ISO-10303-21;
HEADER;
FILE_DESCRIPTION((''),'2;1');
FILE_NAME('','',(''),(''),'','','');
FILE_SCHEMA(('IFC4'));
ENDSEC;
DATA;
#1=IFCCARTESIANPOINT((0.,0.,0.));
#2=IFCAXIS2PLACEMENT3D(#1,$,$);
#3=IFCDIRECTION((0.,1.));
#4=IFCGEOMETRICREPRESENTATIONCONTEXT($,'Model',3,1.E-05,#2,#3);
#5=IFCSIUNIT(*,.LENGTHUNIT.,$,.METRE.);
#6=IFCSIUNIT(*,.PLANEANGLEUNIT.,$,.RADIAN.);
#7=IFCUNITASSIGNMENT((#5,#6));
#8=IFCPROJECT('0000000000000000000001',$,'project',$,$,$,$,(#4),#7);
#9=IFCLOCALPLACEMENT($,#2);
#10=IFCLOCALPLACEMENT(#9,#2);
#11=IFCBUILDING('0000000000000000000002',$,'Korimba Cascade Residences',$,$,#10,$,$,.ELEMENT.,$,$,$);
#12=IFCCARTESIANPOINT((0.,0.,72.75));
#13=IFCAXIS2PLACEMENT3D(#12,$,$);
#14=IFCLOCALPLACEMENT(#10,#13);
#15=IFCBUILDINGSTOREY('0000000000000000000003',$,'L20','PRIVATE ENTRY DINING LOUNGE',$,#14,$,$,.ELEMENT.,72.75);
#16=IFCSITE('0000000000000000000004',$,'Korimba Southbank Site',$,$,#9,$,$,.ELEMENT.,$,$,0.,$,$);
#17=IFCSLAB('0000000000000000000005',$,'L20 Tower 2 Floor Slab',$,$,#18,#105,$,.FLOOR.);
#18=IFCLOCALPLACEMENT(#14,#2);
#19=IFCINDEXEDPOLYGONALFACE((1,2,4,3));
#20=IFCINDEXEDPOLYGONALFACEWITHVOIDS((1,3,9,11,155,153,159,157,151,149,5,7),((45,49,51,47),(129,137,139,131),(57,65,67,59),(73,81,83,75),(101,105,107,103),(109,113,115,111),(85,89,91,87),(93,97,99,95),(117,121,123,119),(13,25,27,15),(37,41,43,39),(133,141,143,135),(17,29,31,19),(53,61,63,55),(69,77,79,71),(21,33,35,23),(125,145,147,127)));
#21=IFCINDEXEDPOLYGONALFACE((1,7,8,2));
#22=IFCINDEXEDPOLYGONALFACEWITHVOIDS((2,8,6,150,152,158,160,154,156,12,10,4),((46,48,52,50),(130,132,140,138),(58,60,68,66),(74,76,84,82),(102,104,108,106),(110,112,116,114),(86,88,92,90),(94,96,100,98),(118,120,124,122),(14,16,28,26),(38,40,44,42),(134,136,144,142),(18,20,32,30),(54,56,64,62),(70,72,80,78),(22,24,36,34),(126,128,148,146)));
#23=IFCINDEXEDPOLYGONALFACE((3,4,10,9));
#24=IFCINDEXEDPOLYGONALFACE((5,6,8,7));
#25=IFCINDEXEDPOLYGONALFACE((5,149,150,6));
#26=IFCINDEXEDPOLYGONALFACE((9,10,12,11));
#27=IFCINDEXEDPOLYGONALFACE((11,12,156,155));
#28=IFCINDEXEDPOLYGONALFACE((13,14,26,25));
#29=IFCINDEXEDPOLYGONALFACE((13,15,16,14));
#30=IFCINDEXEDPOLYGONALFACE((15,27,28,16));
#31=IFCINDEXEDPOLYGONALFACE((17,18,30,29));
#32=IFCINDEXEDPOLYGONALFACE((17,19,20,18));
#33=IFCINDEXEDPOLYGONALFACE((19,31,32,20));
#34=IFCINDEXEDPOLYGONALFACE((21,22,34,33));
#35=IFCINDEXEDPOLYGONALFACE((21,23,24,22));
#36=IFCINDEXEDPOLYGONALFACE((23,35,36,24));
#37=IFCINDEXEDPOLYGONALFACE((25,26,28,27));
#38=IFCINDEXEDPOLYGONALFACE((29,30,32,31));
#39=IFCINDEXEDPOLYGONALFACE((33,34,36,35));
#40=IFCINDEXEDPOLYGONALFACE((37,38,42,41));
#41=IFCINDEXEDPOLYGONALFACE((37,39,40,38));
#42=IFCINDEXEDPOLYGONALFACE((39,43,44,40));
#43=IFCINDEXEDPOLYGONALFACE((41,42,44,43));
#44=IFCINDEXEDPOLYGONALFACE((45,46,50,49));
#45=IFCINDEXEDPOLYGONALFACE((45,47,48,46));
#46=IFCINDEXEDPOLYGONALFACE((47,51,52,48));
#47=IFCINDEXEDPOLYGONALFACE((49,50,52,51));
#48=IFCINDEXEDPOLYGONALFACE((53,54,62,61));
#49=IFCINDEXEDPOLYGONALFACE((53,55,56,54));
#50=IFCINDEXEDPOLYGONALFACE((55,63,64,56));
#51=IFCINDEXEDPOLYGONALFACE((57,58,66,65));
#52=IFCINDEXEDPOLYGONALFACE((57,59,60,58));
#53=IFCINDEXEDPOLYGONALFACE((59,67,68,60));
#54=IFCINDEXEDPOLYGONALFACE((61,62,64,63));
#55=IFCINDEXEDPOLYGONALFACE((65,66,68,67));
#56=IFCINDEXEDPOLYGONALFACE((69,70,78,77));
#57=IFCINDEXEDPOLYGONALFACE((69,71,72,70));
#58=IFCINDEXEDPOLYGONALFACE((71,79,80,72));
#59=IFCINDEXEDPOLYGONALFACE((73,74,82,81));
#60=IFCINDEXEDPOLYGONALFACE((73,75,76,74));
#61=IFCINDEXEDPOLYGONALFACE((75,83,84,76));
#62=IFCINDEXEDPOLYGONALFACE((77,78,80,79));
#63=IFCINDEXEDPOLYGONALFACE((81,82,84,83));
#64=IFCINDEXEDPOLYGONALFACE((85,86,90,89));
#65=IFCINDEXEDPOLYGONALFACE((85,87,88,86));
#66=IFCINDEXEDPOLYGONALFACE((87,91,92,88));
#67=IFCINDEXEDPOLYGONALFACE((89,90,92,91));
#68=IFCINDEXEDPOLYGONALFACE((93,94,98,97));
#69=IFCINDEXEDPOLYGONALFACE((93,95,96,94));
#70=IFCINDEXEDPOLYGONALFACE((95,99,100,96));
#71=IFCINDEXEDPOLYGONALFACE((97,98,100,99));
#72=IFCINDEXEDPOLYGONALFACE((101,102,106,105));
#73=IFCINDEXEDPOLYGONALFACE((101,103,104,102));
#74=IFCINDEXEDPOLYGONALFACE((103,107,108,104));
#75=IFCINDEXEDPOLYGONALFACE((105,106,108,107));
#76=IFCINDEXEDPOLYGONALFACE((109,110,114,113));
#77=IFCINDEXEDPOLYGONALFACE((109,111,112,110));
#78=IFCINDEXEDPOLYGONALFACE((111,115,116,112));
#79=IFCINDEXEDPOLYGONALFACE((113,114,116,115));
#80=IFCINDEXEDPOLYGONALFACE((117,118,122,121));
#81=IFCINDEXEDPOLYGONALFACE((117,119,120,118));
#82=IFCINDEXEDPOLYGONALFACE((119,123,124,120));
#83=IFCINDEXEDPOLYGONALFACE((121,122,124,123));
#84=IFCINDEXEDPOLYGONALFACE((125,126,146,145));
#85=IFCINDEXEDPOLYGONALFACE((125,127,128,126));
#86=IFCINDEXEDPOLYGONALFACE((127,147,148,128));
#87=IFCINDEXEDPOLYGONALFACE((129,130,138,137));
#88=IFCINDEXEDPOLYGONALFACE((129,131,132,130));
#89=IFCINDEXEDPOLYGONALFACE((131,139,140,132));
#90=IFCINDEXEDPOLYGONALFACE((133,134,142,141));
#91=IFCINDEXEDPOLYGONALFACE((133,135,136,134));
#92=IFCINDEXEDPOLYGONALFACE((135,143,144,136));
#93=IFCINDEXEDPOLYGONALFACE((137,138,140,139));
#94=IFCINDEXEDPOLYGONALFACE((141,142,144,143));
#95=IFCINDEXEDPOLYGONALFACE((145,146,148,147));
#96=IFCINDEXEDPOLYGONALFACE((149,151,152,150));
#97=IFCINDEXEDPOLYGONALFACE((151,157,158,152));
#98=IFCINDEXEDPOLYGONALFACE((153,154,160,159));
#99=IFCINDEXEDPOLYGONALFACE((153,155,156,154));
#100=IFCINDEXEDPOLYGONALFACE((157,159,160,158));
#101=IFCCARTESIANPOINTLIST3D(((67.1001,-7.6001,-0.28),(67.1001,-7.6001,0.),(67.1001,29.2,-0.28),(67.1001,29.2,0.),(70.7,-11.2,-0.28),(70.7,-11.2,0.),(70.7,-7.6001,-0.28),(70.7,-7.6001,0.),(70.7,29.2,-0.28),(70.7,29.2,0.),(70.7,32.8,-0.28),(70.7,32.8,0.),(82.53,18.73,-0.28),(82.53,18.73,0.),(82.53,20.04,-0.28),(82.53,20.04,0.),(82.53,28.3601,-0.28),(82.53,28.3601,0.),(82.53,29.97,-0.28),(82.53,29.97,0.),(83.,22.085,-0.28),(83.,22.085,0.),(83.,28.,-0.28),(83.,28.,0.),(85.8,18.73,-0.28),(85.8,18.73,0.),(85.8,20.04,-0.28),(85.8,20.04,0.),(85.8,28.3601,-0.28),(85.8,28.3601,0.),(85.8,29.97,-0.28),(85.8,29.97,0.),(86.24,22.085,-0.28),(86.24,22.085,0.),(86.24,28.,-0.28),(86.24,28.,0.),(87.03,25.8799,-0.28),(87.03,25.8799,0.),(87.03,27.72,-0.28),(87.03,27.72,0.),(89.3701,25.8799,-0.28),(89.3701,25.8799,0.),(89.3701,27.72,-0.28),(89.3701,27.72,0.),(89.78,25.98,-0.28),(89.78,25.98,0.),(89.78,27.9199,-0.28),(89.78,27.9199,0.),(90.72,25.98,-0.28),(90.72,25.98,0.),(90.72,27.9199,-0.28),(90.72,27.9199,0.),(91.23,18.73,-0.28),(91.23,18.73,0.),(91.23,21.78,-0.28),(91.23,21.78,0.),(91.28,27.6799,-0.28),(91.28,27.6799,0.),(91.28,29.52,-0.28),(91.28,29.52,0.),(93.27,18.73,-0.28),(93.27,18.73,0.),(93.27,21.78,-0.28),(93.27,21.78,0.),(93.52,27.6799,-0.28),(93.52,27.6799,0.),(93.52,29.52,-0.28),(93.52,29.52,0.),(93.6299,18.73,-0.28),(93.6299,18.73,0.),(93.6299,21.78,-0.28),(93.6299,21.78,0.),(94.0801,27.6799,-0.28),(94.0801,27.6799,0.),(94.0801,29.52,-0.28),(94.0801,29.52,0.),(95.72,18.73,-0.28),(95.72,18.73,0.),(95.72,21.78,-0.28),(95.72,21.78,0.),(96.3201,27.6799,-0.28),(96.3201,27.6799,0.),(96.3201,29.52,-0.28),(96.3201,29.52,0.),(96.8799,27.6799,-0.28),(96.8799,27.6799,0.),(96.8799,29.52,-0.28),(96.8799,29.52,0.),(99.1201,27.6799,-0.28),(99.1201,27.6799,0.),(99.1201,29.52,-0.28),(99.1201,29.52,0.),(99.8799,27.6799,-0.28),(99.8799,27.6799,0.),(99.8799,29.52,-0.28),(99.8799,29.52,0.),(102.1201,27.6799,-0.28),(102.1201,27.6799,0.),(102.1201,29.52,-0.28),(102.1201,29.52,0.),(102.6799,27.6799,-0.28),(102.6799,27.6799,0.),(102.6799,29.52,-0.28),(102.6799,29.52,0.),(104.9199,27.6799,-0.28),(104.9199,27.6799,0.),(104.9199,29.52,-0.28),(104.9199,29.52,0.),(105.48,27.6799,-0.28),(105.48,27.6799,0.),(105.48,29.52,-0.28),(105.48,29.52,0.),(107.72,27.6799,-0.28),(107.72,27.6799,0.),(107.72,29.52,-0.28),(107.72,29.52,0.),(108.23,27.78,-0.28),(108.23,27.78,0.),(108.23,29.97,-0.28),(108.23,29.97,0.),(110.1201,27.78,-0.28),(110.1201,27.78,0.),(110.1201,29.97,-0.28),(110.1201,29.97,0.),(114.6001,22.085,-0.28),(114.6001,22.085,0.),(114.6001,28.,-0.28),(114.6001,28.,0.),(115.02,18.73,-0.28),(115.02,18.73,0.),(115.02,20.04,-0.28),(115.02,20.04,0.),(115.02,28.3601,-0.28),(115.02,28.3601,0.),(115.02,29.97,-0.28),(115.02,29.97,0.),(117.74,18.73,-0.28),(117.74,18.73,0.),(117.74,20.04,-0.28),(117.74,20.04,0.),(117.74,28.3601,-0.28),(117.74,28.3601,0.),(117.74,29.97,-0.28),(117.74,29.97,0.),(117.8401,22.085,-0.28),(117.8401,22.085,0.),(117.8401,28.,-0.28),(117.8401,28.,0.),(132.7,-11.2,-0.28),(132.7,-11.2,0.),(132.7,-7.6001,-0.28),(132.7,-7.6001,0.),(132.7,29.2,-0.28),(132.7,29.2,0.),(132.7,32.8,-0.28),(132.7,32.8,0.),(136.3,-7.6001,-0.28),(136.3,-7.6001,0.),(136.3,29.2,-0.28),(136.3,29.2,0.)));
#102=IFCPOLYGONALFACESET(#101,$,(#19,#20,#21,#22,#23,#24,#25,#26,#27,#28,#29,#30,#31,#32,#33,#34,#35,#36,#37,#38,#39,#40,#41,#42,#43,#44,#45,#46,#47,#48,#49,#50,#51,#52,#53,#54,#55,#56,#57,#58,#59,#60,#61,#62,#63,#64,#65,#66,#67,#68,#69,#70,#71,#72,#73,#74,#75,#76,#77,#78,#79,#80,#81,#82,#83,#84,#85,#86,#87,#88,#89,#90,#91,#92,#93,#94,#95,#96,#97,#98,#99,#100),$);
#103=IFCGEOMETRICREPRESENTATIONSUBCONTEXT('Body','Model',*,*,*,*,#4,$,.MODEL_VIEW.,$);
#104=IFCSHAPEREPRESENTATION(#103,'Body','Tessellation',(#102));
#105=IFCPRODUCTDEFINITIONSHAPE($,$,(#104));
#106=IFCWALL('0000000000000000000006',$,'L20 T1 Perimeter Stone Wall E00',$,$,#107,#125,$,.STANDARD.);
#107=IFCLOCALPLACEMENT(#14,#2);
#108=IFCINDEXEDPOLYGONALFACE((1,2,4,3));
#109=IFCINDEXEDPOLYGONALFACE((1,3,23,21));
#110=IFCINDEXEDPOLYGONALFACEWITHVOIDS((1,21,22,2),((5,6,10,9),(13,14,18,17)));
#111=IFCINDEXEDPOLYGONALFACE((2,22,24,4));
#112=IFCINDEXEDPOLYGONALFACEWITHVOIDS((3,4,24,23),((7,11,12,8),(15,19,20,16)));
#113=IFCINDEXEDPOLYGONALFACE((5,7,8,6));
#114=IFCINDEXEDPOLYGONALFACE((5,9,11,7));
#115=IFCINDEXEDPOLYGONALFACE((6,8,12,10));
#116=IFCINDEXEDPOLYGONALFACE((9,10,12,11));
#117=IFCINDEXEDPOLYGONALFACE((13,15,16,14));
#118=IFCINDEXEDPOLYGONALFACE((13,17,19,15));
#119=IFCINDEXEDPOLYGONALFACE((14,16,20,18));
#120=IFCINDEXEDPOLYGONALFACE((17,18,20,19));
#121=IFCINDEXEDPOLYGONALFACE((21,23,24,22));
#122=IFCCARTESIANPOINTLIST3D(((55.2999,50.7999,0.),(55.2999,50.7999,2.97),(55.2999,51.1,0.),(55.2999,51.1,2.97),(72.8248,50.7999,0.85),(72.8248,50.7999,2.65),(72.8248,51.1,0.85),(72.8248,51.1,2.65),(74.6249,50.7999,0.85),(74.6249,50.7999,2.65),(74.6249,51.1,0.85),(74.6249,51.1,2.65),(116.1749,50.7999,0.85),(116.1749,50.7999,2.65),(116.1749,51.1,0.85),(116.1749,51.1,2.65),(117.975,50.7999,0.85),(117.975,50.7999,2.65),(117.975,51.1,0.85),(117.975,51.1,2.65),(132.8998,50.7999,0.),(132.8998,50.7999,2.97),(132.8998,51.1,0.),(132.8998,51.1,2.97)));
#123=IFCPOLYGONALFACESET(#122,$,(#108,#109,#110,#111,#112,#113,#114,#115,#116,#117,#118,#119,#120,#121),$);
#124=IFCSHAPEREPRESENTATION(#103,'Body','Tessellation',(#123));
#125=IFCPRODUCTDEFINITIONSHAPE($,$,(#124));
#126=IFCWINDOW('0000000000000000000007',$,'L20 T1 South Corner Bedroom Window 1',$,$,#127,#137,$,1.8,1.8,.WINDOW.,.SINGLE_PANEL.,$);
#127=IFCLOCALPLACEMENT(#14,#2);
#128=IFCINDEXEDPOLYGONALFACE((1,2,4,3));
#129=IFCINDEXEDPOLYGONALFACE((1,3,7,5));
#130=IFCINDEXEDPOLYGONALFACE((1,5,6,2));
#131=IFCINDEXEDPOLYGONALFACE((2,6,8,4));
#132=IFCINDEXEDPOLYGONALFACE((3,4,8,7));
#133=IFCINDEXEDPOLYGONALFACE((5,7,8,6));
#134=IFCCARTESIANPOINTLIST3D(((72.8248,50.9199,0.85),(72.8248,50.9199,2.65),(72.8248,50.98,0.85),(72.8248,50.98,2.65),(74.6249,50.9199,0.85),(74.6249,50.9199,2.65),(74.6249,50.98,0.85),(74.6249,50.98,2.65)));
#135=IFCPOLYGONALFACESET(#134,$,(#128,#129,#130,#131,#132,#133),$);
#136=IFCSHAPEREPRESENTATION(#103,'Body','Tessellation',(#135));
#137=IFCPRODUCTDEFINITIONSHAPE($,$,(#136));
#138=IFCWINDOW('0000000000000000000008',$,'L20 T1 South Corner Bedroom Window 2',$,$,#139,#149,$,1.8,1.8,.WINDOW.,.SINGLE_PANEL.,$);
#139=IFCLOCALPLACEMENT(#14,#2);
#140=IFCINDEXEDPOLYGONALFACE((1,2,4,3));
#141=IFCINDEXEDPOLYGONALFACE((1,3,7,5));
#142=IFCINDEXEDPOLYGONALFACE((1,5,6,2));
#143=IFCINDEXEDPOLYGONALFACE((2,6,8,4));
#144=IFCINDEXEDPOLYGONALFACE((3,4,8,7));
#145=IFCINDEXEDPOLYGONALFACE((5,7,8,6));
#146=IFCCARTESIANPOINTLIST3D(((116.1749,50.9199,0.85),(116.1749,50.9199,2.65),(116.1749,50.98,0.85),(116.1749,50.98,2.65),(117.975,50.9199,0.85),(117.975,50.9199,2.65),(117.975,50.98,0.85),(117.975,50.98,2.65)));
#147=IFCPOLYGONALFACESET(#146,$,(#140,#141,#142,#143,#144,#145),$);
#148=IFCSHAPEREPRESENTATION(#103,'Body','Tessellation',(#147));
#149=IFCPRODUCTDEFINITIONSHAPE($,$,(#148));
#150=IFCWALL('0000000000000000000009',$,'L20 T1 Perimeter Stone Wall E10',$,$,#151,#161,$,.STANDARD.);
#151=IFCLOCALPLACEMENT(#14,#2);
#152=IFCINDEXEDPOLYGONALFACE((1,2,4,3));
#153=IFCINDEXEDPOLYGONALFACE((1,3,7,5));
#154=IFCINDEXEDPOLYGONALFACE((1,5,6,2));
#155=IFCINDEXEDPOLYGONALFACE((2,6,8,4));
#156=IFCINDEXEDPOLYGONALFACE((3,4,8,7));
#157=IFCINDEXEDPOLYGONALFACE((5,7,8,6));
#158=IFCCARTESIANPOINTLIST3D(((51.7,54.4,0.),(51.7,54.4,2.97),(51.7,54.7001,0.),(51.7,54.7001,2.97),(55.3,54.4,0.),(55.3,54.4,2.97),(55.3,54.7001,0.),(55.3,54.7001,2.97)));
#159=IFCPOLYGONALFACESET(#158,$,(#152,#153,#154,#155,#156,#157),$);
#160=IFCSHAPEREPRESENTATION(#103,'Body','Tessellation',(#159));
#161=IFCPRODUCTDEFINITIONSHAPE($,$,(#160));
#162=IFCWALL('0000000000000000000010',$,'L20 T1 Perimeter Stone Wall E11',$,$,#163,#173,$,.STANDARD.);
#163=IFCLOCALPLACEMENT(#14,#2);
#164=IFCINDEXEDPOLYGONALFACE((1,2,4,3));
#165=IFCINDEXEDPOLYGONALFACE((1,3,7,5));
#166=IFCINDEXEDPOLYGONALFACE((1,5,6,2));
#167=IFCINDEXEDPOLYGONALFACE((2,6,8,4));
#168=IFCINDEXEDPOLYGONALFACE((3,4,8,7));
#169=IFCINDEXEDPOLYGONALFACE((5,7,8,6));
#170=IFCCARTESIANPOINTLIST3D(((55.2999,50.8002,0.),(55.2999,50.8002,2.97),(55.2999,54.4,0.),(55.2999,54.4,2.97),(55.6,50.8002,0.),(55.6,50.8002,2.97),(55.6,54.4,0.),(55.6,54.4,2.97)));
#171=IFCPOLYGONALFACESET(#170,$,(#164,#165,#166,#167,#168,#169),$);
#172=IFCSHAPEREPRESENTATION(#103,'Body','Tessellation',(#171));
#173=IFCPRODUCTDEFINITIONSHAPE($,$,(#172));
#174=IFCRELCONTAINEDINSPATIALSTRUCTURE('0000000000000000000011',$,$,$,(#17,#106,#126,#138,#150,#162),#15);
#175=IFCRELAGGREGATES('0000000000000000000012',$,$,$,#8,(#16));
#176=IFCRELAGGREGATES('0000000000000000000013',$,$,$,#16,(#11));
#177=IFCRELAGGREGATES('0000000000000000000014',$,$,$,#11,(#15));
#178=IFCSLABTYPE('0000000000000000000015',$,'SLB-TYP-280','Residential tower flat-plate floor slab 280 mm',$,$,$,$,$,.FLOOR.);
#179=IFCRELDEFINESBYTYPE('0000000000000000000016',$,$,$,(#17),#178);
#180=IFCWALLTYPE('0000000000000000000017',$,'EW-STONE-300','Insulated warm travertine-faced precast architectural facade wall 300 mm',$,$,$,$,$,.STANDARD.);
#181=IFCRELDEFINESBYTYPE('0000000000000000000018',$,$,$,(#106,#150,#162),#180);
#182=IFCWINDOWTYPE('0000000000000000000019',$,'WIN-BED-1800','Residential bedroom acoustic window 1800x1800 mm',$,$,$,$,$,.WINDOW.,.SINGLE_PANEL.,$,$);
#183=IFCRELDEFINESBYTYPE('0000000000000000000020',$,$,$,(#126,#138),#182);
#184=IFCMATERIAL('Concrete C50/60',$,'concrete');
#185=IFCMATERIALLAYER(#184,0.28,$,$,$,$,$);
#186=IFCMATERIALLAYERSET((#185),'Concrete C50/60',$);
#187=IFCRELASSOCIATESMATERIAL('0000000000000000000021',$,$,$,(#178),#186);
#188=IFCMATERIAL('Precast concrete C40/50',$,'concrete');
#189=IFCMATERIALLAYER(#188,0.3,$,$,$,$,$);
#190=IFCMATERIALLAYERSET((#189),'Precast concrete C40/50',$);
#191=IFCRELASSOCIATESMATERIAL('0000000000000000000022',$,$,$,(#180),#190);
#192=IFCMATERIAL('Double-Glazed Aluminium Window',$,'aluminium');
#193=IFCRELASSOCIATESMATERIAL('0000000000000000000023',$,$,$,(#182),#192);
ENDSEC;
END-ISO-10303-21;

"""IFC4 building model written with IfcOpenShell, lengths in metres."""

from ifc_helpers import new_model, si_unit, direction, frame, frame_2d, origin, place, context, subcontext, project, spatial, polyline, rectangle, outline, extrude, material, layer, layer_set, type_object, element, fill, save


model = new_model("IFC4")

# Units and contexts
model_context = context("Model", 3, precision=1e-05, world=origin(), true_north=direction((0.0, 1.0)))
body_context = subcontext(model_context, "Body", "Model", "MODEL_VIEW")
ifc_project = project(units=[si_unit("LENGTHUNIT", "METRE"), si_unit("PLANEANGLEUNIT", "RADIAN")], contexts=[model_context])

# Site, building, storey
site_placement = place(None, origin())
site = spatial("IfcSite", under=ifc_project, at=site_placement, Name="Korimba Southbank Site", CompositionType="ELEMENT", RefElevation=0.0)
building_placement = place(site_placement, origin())
building = spatial("IfcBuilding", under=site, at=building_placement, Name="Korimba Cascade Residences", CompositionType="ELEMENT")
storey_placement = place(building_placement, frame((0.0, 0.0, 72.75)))
storey = spatial("IfcBuildingStorey", under=building, at=storey_placement, Name="L20", Description="PRIVATE ENTRY DINING LOUNGE", CompositionType="ELEMENT", Elevation=72.75)

# Shared definitions
ifc_material_1 = material(Name="Concrete C50/60", Category="concrete")

# Slab
ifc_material_2 = material(Name="Precast concrete C40/50", Category="concrete")
ifc_layer_1 = layer(ifc_material_1, 0.28)
ifc_layer_set_1 = layer_set([ifc_layer_1], Name="Concrete C50/60")
slab_type_1 = type_object("IfcSlabType", Name="SLB-TYP-280", Description="Residential tower flat-plate floor slab 280 mm", PredefinedType="FLOOR", material=ifc_layer_set_1)
slab_1_placement = place(storey_placement, frame((0.0, 0.0, -0.28)))
element("IfcSlab", 1, at=slab_1_placement, inside=storey, type_object=slab_type_1, Name="L20 Tower 2 Floor Slab", PredefinedType="FLOOR", context=body_context, shape_type="SweptSolid", body=[
    extrude(outline(polyline([(70.7, -11.2), (132.7, -11.2), (132.7, -7.6001), (136.3, -7.6001), (136.3, 29.2), (132.7, 29.2), (132.7, 32.8), (70.7, 32.8), (70.7, 29.2), (67.1001, 29.2), (67.1001, -7.6001), (70.7, -7.6001), (70.7, -11.2)]), holes=[polyline([(86.24, 22.085), (86.24, 28.0), (83.0, 28.0), (83.0, 22.085), (86.24, 22.085)]), polyline([(117.8401, 22.085), (117.8401, 28.0), (114.6001, 28.0), (114.6001, 22.085), (117.8401, 22.085)]), polyline([(87.03, 25.8799), (89.3701, 25.8799), (89.3701, 27.72), (87.03, 27.72), (87.03, 25.8799)]), polyline([(91.28, 27.6799), (93.52, 27.6799), (93.52, 29.52), (91.28, 29.52), (91.28, 27.6799)]), polyline([(94.0801, 27.6799), (96.3201, 27.6799), (96.3201, 29.52), (94.0801, 29.52), (94.0801, 27.6799)]), polyline([(96.8799, 27.6799), (99.1201, 27.6799), (99.1201, 29.52), (96.8799, 29.52), (96.8799, 27.6799)]), polyline([(99.8799, 27.6799), (102.1201, 27.6799), (102.1201, 29.52), (99.8799, 29.52), (99.8799, 27.6799)]), polyline([(102.6799, 27.6799), (104.9199, 27.6799), (104.9199, 29.52), (102.6799, 29.52), (102.6799, 27.6799)]), polyline([(105.48, 27.6799), (107.72, 27.6799), (107.72, 29.52), (105.48, 29.52), (105.48, 27.6799)]), polyline([(89.78, 25.98), (90.72, 25.98), (90.72, 27.9199), (89.78, 27.9199), (89.78, 25.98)]), polyline([(82.53, 18.73), (85.8, 18.73), (85.8, 20.04), (82.53, 20.04), (82.53, 18.73)]), polyline([(82.53, 28.3601), (85.8, 28.3601), (85.8, 29.97), (82.53, 29.97), (82.53, 28.3601)]), polyline([(108.23, 27.78), (110.1201, 27.78), (110.1201, 29.97), (108.23, 29.97), (108.23, 27.78)]), polyline([(91.23, 18.73), (93.27, 18.73), (93.27, 21.78), (91.23, 21.78), (91.23, 18.73)]), polyline([(93.6299, 18.73), (95.72, 18.73), (95.72, 21.78), (93.6299, 21.78), (93.6299, 18.73)]), polyline([(115.02, 18.73), (117.74, 18.73), (117.74, 20.04), (115.02, 20.04), (115.02, 18.73)]), polyline([(115.02, 28.3601), (117.74, 28.3601), (117.74, 29.97), (115.02, 29.97), (115.02, 28.3601)])]), origin(), (0.0, 0.0, 1.0), 0.28),
])

# Wall, openings, windows
ifc_layer_2 = layer(ifc_material_2, 0.3)
ifc_layer_set_2 = layer_set([ifc_layer_2], Name="Precast concrete C40/50")
wall_type_1 = type_object("IfcWallType", Name="EW-STONE-300", Description="Insulated warm travertine-faced precast architectural facade wall 300 mm", PredefinedType="STANDARD", material=ifc_layer_set_2)
wall_1_placement = place(storey_placement, frame((55.3, 50.95, 0.0), z_axis=(0.0, 0.0, 1.0), x_axis=(1.0, 0.0, 0.0)))
wall_1 = element("IfcWall", 2, at=wall_1_placement, inside=storey, type_object=wall_type_1, Name="L20 T1 Perimeter Stone Wall E00", PredefinedType="STANDARD", context=body_context, shape_type="SweptSolid", body=[
    extrude(rectangle(XDim=77.5999, YDim=0.3, at=frame_2d((38.7998, 0.0))), origin(), (0.0, 0.0, 1.0), 2.97),
])
opening_1_placement = place(wall_1_placement, frame((17.5249, 0.0, 0.8501)))
opening_1 = element("IfcOpeningElement", 3, at=opening_1_placement, cuts=wall_1, PredefinedType="OPENING", context=body_context, shape_type="SweptSolid", body=[
    extrude(rectangle(XDim=1.8, YDim=1.8, at=frame_2d((0.8999, 0.8999))), frame((0.0, 0.1602, 0.0), z_axis=(0.0, -1.0, 0.0), x_axis=(1.0, 0.0, 0.0)), (0.0, 0.0, 1.0), 0.3201),
])
opening_2_placement = place(wall_1_placement, frame((60.875, 0.0, 0.8501)))
opening_2 = element("IfcOpeningElement", 4, at=opening_2_placement, cuts=wall_1, PredefinedType="OPENING", context=body_context, shape_type="SweptSolid", body=[
    extrude(rectangle(XDim=1.8, YDim=1.8, at=frame_2d((0.8999, 0.8999))), frame((0.0, 0.1602, 0.0), z_axis=(0.0, -1.0, 0.0), x_axis=(1.0, 0.0, 0.0)), (0.0, 0.0, 1.0), 0.3201),
])
ifc_material_3 = material(Name="Double-Glazed Aluminium Window", Category="aluminium")
window_type = type_object("IfcWindowType", Name="WIN-BED-1800", Description="Residential bedroom acoustic window 1800x1800 mm", PartitioningType="SINGLE_PANEL", PredefinedType="WINDOW", material=ifc_material_3)
window_1_placement = place(opening_1_placement, origin())
window_1 = element("IfcWindow", 5, at=window_1_placement, inside=storey, type_object=window_type, Name="L20 T1 South Corner Bedroom Window 1", OverallHeight=1.8, OverallWidth=1.8, PartitioningType="SINGLE_PANEL", PredefinedType="WINDOW", context=body_context, shape_type="SweptSolid", body=[
    extrude(rectangle(XDim=1.8, YDim=1.8, at=frame_2d((0.8999, 0.8999))), frame((0.0, 0.03, 0.0), z_axis=(0.0, -1.0, 0.0), x_axis=(1.0, 0.0, 0.0)), (0.0, 0.0, 1.0), 0.0601),
])
fill(opening_1, window_1)
window_2_placement = place(opening_2_placement, origin())
window_2 = element("IfcWindow", 6, at=window_2_placement, inside=storey, type_object=window_type, Name="L20 T1 South Corner Bedroom Window 2", OverallHeight=1.8, OverallWidth=1.8, PartitioningType="SINGLE_PANEL", PredefinedType="WINDOW", context=body_context, shape_type="SweptSolid", body=[
    extrude(rectangle(XDim=1.8, YDim=1.8, at=frame_2d((0.8999, 0.8999))), frame((0.0, 0.03, 0.0), z_axis=(0.0, -1.0, 0.0), x_axis=(1.0, 0.0, 0.0)), (0.0, 0.0, 1.0), 0.0601),
])
fill(opening_2, window_2)

# Walls
wall_2_placement = place(storey_placement, frame((51.7, 54.55, 0.0), z_axis=(0.0, 0.0, 1.0), x_axis=(1.0, 0.0, 0.0)))
element("IfcWall", 7, at=wall_2_placement, inside=storey, type_object=wall_type_1, Name="L20 T1 Perimeter Stone Wall E10", PredefinedType="STANDARD", context=body_context, shape_type="SweptSolid", body=[
    extrude(rectangle(XDim=3.6001, YDim=0.3, at=frame_2d((1.8, 0.0))), origin(), (0.0, 0.0, 1.0), 2.97),
])
wall_3_placement = place(storey_placement, frame((55.45, 54.3999, 0.0), z_axis=(0.0, 0.0, 1.0), x_axis=(0.0, -1.0, 0.0)))
element("IfcWall", 8, at=wall_3_placement, inside=storey, type_object=wall_type_1, Name="L20 T1 Perimeter Stone Wall E11", PredefinedType="STANDARD", context=body_context, shape_type="SweptSolid", body=[
    extrude(rectangle(XDim=3.5999, YDim=0.3, at=frame_2d((1.7998, 0.0))), origin(), (0.0, 0.0, 1.0), 2.97),
])

save(model, "model.ifc")
